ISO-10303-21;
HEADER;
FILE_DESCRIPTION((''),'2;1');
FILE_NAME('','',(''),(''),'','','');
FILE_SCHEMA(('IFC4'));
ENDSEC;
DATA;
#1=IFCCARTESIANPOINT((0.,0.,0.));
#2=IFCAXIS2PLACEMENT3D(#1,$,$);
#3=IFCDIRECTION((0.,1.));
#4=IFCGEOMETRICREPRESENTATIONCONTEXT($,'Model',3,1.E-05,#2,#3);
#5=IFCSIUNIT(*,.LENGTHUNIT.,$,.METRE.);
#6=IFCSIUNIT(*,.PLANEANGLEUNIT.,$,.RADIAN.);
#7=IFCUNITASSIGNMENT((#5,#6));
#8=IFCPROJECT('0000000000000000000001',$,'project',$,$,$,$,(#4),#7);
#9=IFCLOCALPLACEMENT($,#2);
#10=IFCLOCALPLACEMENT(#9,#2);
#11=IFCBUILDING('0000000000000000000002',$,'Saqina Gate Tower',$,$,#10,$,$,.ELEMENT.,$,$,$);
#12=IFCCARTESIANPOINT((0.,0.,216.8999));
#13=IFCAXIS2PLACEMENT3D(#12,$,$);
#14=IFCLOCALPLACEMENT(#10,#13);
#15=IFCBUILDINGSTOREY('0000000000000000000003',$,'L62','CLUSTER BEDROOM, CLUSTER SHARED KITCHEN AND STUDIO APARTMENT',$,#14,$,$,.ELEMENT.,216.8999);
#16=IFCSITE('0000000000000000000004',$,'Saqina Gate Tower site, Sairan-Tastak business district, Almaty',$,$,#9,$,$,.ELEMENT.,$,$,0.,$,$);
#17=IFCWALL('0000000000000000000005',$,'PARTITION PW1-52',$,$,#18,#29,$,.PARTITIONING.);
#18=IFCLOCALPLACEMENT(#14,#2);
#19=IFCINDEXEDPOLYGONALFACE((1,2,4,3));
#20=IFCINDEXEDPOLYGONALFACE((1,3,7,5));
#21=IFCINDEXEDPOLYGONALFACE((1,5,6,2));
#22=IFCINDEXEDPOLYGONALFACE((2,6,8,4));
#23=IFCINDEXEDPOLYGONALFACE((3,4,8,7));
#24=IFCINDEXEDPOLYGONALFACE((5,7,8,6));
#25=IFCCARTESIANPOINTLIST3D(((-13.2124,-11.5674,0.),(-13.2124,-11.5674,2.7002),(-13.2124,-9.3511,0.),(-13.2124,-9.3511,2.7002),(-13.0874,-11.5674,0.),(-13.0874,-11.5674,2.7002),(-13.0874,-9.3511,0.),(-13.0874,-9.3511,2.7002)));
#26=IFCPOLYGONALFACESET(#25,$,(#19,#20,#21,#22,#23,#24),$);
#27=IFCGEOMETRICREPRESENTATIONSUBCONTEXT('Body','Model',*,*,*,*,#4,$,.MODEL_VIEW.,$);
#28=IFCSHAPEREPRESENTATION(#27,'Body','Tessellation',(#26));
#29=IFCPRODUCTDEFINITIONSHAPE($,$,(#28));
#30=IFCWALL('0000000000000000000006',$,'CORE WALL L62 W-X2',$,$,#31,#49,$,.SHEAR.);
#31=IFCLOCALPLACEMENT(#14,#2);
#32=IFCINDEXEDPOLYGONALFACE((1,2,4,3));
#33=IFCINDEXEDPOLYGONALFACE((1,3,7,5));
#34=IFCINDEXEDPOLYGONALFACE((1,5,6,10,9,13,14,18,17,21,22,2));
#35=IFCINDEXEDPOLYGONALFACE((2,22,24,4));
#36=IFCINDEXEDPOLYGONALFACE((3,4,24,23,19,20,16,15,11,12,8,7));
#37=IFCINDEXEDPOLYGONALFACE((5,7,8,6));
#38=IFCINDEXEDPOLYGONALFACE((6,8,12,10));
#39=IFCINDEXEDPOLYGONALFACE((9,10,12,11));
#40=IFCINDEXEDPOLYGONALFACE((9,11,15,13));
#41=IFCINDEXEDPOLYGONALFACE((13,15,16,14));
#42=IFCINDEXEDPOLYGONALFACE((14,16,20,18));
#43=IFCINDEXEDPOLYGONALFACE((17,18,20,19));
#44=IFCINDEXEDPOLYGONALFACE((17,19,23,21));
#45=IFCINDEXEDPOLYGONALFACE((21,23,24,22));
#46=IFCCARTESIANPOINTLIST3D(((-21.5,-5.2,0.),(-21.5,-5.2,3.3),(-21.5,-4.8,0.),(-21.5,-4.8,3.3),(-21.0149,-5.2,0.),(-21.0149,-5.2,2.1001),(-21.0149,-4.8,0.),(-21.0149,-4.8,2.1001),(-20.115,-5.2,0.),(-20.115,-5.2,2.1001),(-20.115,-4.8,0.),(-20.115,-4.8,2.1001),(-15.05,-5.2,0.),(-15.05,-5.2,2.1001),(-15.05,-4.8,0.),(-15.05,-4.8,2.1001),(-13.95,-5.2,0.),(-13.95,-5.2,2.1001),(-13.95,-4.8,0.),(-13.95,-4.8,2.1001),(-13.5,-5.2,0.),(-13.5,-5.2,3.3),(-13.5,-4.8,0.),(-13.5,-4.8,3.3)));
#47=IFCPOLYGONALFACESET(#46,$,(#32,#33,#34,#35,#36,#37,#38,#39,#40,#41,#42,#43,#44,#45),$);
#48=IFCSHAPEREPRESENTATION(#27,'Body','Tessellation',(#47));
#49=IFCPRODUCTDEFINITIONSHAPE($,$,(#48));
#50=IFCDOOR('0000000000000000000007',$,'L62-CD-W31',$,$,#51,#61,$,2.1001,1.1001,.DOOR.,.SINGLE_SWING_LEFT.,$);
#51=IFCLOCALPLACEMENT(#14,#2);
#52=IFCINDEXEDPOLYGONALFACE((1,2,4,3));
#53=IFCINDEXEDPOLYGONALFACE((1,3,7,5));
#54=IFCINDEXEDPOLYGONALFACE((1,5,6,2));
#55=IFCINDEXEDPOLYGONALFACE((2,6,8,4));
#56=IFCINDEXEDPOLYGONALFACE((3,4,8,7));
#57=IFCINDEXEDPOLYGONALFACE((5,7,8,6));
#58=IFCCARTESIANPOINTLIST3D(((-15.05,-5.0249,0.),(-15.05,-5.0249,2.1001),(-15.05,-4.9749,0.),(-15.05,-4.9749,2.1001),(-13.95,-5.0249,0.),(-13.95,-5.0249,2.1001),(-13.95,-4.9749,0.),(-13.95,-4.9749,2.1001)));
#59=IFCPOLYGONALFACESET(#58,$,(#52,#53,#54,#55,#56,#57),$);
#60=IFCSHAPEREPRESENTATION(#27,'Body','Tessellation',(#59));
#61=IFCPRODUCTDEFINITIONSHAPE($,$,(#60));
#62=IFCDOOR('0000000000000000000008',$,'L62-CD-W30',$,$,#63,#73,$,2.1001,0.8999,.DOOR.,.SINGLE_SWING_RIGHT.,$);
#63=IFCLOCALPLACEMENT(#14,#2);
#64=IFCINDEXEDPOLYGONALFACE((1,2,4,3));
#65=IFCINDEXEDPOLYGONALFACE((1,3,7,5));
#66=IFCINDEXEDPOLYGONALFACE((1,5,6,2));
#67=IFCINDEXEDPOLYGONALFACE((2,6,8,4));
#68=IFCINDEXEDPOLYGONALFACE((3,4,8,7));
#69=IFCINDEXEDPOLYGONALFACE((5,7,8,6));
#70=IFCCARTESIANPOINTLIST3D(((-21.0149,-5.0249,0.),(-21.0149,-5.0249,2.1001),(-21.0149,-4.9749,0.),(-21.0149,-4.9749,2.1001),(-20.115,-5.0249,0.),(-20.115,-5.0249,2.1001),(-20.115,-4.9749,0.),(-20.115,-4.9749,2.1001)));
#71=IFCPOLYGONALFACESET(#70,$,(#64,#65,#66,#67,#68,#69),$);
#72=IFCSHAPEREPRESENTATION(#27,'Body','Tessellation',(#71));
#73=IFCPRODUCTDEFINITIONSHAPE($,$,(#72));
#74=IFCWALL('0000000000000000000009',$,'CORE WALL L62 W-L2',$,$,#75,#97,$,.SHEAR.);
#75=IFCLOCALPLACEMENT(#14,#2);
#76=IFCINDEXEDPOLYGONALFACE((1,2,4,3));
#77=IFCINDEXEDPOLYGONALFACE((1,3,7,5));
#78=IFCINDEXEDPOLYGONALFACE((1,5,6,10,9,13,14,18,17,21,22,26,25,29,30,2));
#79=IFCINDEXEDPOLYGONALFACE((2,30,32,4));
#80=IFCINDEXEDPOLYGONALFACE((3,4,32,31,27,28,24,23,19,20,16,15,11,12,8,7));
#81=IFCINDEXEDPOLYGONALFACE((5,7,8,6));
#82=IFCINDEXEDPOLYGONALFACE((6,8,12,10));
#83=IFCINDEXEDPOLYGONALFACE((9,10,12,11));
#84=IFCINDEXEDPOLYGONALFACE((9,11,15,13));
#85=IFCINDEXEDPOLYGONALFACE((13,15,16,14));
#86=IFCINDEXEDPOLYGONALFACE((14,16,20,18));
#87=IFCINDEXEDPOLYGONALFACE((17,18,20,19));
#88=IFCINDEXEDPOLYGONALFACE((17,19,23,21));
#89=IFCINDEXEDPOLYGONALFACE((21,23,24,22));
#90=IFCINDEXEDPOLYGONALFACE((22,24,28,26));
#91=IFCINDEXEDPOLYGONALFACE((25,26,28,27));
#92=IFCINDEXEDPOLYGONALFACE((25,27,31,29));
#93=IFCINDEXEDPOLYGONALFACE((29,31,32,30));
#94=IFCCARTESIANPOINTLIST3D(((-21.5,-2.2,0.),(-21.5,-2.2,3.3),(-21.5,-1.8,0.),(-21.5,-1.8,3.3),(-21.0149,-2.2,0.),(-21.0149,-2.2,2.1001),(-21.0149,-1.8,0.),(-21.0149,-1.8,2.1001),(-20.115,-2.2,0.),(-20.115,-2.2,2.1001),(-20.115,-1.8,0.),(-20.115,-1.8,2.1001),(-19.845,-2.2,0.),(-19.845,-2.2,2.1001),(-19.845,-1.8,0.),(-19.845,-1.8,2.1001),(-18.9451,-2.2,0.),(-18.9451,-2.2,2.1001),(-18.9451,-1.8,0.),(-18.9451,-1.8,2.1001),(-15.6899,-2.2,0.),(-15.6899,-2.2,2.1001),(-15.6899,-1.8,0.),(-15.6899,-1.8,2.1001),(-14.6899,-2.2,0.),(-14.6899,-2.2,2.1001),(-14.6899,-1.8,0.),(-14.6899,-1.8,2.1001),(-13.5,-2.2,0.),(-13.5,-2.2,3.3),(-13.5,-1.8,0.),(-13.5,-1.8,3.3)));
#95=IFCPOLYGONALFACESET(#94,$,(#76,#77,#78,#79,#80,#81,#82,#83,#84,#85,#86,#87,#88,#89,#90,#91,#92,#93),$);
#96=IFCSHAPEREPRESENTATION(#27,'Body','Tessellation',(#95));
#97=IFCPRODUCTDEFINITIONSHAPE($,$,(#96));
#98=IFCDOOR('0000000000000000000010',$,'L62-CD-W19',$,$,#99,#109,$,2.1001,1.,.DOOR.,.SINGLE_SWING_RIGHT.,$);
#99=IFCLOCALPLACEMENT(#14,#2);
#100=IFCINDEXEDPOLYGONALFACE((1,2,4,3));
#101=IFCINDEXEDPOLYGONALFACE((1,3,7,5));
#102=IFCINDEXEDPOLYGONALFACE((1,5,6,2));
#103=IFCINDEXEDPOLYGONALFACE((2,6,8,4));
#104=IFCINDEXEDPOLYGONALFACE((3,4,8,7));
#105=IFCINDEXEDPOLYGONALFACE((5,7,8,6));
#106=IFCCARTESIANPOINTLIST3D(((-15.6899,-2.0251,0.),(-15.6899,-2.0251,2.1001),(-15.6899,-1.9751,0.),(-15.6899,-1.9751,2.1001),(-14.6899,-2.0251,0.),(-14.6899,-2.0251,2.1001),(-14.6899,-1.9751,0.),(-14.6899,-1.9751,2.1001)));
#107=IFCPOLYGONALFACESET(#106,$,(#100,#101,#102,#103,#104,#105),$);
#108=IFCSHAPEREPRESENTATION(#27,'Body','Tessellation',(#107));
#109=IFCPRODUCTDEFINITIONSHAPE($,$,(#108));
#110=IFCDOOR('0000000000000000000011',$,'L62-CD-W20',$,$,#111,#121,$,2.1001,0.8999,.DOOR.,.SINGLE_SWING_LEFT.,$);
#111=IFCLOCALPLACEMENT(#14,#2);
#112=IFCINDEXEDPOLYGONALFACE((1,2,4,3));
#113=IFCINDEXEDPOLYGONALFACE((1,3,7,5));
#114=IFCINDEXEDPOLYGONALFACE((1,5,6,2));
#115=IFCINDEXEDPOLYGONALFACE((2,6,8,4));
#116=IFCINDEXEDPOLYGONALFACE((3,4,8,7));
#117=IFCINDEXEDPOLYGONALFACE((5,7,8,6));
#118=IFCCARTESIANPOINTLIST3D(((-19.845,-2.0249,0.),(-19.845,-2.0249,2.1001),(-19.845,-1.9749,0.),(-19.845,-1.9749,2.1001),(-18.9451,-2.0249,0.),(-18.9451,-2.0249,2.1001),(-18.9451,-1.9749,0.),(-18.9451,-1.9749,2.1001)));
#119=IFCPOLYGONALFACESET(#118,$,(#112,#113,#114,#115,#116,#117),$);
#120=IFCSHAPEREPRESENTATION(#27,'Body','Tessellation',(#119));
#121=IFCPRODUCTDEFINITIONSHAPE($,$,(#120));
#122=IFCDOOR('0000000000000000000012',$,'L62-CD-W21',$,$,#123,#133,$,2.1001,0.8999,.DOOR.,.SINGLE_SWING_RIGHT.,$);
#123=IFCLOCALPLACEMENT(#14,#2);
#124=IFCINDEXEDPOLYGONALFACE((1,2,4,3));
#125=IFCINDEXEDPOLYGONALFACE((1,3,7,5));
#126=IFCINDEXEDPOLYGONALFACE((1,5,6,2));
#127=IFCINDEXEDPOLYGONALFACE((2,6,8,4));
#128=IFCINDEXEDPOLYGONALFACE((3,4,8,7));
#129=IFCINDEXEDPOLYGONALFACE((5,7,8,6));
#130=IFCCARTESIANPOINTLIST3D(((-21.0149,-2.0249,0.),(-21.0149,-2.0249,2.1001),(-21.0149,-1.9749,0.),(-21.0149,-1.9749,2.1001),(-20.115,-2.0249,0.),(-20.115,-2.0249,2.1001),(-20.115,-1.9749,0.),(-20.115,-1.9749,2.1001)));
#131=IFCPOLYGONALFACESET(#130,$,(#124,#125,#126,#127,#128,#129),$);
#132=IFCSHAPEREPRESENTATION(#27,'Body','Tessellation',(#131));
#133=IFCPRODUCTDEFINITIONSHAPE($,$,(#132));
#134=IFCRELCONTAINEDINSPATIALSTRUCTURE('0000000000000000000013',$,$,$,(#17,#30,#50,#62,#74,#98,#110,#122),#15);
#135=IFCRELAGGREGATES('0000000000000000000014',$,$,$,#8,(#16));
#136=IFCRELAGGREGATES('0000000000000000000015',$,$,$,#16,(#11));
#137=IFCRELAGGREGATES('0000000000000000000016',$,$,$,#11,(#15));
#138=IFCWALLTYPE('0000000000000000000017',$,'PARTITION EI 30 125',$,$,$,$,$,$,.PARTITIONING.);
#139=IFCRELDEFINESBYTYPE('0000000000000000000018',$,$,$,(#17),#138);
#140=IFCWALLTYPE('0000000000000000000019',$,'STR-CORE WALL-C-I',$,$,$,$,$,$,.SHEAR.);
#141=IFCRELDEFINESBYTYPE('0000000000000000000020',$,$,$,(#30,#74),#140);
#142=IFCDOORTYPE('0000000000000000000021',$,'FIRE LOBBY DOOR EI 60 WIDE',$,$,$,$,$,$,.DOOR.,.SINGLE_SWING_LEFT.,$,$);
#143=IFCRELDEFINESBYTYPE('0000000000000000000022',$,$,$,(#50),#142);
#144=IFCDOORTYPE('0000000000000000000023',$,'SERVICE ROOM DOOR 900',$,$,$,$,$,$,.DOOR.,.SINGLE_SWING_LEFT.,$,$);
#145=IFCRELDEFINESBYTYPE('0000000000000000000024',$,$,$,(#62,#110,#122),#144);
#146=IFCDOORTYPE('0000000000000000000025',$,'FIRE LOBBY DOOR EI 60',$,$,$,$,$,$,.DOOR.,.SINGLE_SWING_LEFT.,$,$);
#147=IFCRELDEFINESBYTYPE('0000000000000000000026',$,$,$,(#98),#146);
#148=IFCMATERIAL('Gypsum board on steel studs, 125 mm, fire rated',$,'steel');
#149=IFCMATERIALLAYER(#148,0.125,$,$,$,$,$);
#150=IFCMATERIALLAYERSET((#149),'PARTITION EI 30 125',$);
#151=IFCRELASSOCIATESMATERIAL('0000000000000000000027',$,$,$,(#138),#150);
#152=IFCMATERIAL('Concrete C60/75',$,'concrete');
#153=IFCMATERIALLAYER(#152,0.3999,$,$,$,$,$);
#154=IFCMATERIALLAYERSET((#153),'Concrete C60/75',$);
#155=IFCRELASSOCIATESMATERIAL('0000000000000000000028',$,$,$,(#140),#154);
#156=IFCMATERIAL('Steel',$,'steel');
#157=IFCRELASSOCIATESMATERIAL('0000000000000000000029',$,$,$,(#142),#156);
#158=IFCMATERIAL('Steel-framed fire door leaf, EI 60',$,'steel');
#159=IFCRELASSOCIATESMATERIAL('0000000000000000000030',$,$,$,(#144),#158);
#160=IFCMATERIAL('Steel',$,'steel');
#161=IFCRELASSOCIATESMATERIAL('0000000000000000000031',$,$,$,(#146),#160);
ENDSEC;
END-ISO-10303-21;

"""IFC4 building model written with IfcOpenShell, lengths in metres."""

from ifc_helpers import new_model, si_unit, direction, frame, frame_2d, origin, place, context, subcontext, project, spatial, rectangle, extrude, material, layer, layer_set, type_object, element, fill, save


model = new_model("IFC4")

# Units and contexts
model_context = context("Model", 3, precision=1e-05, world=origin(), true_north=direction((0.0, 1.0)))
body_context = subcontext(model_context, "Body", "Model", "MODEL_VIEW")
ifc_project = project(units=[si_unit("LENGTHUNIT", "METRE"), si_unit("PLANEANGLEUNIT", "RADIAN")], contexts=[model_context])

# Site, building, storey
site_placement = place(None, origin())
site = spatial("IfcSite", under=ifc_project, at=site_placement, Name="Saqina Gate Tower site, Sairan-Tastak business district, Almaty", CompositionType="ELEMENT", RefElevation=0.0)
building_placement = place(site_placement, origin())
building = spatial("IfcBuilding", under=site, at=building_placement, Name="Saqina Gate Tower", CompositionType="ELEMENT")
storey_placement = place(building_placement, frame((0.0, 0.0, 216.8999)))
storey = spatial("IfcBuildingStorey", under=building, at=storey_placement, Name="L62", Description="CLUSTER BEDROOM, CLUSTER SHARED KITCHEN AND STUDIO APARTMENT", CompositionType="ELEMENT", Elevation=216.8999)

# Shared definitions
ifc_material_1 = material(Name="Gypsum board on steel studs, 125 mm, fire rated", Category="steel")
ifc_layer_1 = layer(ifc_material_1, 0.125)
ifc_layer_set_1 = layer_set([ifc_layer_1], Name="PARTITION EI 30 125")
wall_type_1 = type_object("IfcWallType", Name="PARTITION EI 30 125", PredefinedType="PARTITIONING", material=ifc_layer_set_1)

# Wall
wall_1_placement = place(storey_placement, frame((-13.1499, -11.5674, 0.0), z_axis=(0.0, 0.0, 1.0), x_axis=(0.0, 1.0, 0.0)))
element("IfcWall", 1, at=wall_1_placement, inside=storey, type_object=wall_type_1, Name="PARTITION PW1-52", PredefinedType="PARTITIONING", context=body_context, shape_type="SweptSolid", body=[
    extrude(rectangle(XDim=2.2163, YDim=0.125, at=frame_2d((1.1082, 0.0))), origin(), (0.0, 0.0, 1.0), 2.7002),
])

# Walls, openings, doors
ifc_material_2 = material(Name="Concrete C60/75", Category="concrete")
ifc_layer_2 = layer(ifc_material_2, 0.3999)
ifc_layer_set_2 = layer_set([ifc_layer_2], Name="Concrete C60/75")
wall_type_2 = type_object("IfcWallType", Name="STR-CORE WALL-C-I", PredefinedType="SHEAR", material=ifc_layer_set_2)
wall_2_placement = place(storey_placement, frame((-13.5, -5.0, 0.0), z_axis=(0.0, 0.0, 1.0), x_axis=(-1.0, 0.0, 0.0)))
wall_2 = element("IfcWall", 2, at=wall_2_placement, inside=storey, type_object=wall_type_2, Name="CORE WALL L62 W-X2", PredefinedType="SHEAR", context=body_context, shape_type="SweptSolid", body=[
    extrude(rectangle(XDim=8.0, YDim=0.3999, at=frame_2d((4.0, 0.0))), origin(), (0.0, 0.0, 1.0), 3.3),
])
opening_1_placement = place(wall_2_placement, frame((6.615, 0.0, 0.0)))
opening_1 = element("IfcOpeningElement", 3, at=opening_1_placement, cuts=wall_2, PredefinedType="OPENING", context=body_context, shape_type="SweptSolid", body=[
    extrude(rectangle(XDim=0.8999, YDim=2.1001, at=frame_2d((0.45, 1.05))), frame((0.0, 0.2119, 0.0), z_axis=(0.0, -1.0, 0.0), x_axis=(1.0, 0.0, 0.0)), (0.0, 0.0, 1.0), 0.4238),
])
opening_2_placement = place(wall_2_placement, frame((0.45, 0.0, 0.0)))
opening_2 = element("IfcOpeningElement", 4, at=opening_2_placement, cuts=wall_2, PredefinedType="OPENING", context=body_context, shape_type="SweptSolid", body=[
    extrude(rectangle(XDim=1.1001, YDim=2.1001, at=frame_2d((0.55, 1.05))), frame((0.0, 0.2119, 0.0), z_axis=(0.0, -1.0, 0.0), x_axis=(1.0, 0.0, 0.0)), (0.0, 0.0, 1.0), 0.4238),
])
ifc_material_3 = material(Name="Steel", Category="steel")
door_type_1 = type_object("IfcDoorType", Name="FIRE LOBBY DOOR EI 60 WIDE", OperationType="SINGLE_SWING_LEFT", PredefinedType="DOOR", material=ifc_material_3)
door_1_placement = place(opening_2_placement, origin())
door_1 = element("IfcDoor", 5, at=door_1_placement, inside=storey, type_object=door_type_1, Name="L62-CD-W31", OperationType="SINGLE_SWING_LEFT", OverallHeight=2.1001, OverallWidth=1.1001, PredefinedType="DOOR", context=body_context, shape_type="SweptSolid", body=[
    extrude(rectangle(XDim=1.1001, YDim=2.1001, at=frame_2d((0.55, 1.05))), frame((0.0, 0.0249, 0.0), z_axis=(0.0, -1.0, 0.0), x_axis=(1.0, 0.0, 0.0)), (0.0, 0.0, 1.0), 0.05),
])
fill(opening_2, door_1)
ifc_material_4 = material(Name="Steel-framed fire door leaf, EI 60", Category="steel")
door_type_2 = type_object("IfcDoorType", Name="SERVICE ROOM DOOR 900", OperationType="SINGLE_SWING_LEFT", PredefinedType="DOOR", material=ifc_material_4)
door_2_placement = place(opening_1_placement, origin())
door_2 = element("IfcDoor", 6, at=door_2_placement, inside=storey, type_object=door_type_2, Name="L62-CD-W30", OperationType="SINGLE_SWING_RIGHT", OverallHeight=2.1001, OverallWidth=0.8999, PredefinedType="DOOR", context=body_context, shape_type="SweptSolid", body=[
    extrude(rectangle(XDim=0.8999, YDim=2.1001, at=frame_2d((0.45, 1.05))), frame((0.0, 0.0249, 0.0), z_axis=(0.0, -1.0, 0.0), x_axis=(1.0, 0.0, 0.0)), (0.0, 0.0, 1.0), 0.05),
])
fill(opening_1, door_2)
wall_3_placement = place(storey_placement, frame((-13.5, -2.0, 0.0), z_axis=(0.0, 0.0, 1.0), x_axis=(-1.0, 0.0, 0.0)))
wall_3 = element("IfcWall", 7, at=wall_3_placement, inside=storey, type_object=wall_type_2, Name="CORE WALL L62 W-L2", PredefinedType="SHEAR", context=body_context, shape_type="SweptSolid", body=[
    extrude(rectangle(XDim=8.0, YDim=0.3999, at=frame_2d((4.0, 0.0))), origin(), (0.0, 0.0, 1.0), 3.3),
])
opening_3_placement = place(wall_3_placement, frame((1.1899, 0.0, 0.0)))
opening_3 = element("IfcOpeningElement", 8, at=opening_3_placement, cuts=wall_3, PredefinedType="OPENING", context=body_context, shape_type="SweptSolid", body=[
    extrude(rectangle(XDim=1.0, YDim=2.1001, at=frame_2d((0.5, 1.05))), frame((0.0, 0.2119, 0.0), z_axis=(0.0, -1.0, 0.0), x_axis=(1.0, 0.0, 0.0)), (0.0, 0.0, 1.0), 0.4238),
])
opening_4_placement = place(wall_3_placement, frame((5.4451, 0.0, 0.0)))
opening_4 = element("IfcOpeningElement", 9, at=opening_4_placement, cuts=wall_3, PredefinedType="OPENING", context=body_context, shape_type="SweptSolid", body=[
    extrude(rectangle(XDim=0.8999, YDim=2.1001, at=frame_2d((0.45, 1.05))), frame((0.0, 0.2119, 0.0), z_axis=(0.0, -1.0, 0.0), x_axis=(1.0, 0.0, 0.0)), (0.0, 0.0, 1.0), 0.4238),
])
opening_5_placement = place(wall_3_placement, frame((6.615, 0.0, 0.0)))
opening_5 = element("IfcOpeningElement", 10, at=opening_5_placement, cuts=wall_3, PredefinedType="OPENING", context=body_context, shape_type="SweptSolid", body=[
    extrude(rectangle(XDim=0.8999, YDim=2.1001, at=frame_2d((0.45, 1.05))), frame((0.0, 0.2119, 0.0), z_axis=(0.0, -1.0, 0.0), x_axis=(1.0, 0.0, 0.0)), (0.0, 0.0, 1.0), 0.4238),
])
ifc_material_5 = material(Name="Steel", Category="steel")
door_type_3 = type_object("IfcDoorType", Name="FIRE LOBBY DOOR EI 60", OperationType="SINGLE_SWING_LEFT", PredefinedType="DOOR", material=ifc_material_5)
door_3_placement = place(opening_3_placement, frame((1.0, 0.0, 0.0), z_axis=(0.0, 0.0, 1.0), x_axis=(-1.0, 0.0, 0.0)))
door_3 = element("IfcDoor", 11, at=door_3_placement, inside=storey, type_object=door_type_3, Name="L62-CD-W19", OperationType="SINGLE_SWING_RIGHT", OverallHeight=2.1001, OverallWidth=1.0, PredefinedType="DOOR", context=body_context, shape_type="SweptSolid", body=[
    extrude(rectangle(XDim=1.0, YDim=2.1001, at=frame_2d((0.5, 1.05))), frame((0.0, 0.0249, 0.0), z_axis=(0.0, -1.0, 0.0), x_axis=(1.0, 0.0, 0.0)), (0.0, 0.0, 1.0), 0.05),
])
fill(opening_3, door_3)
door_4_placement = place(opening_4_placement, origin())
door_4 = element("IfcDoor", 12, at=door_4_placement, inside=storey, type_object=door_type_2, Name="L62-CD-W20", OperationType="SINGLE_SWING_LEFT", OverallHeight=2.1001, OverallWidth=0.8999, PredefinedType="DOOR", context=body_context, shape_type="SweptSolid", body=[
    extrude(rectangle(XDim=0.8999, YDim=2.1001, at=frame_2d((0.45, 1.05))), frame((0.0, 0.0249, 0.0), z_axis=(0.0, -1.0, 0.0), x_axis=(1.0, 0.0, 0.0)), (0.0, 0.0, 1.0), 0.05),
])
fill(opening_4, door_4)
door_5_placement = place(opening_5_placement, origin())
door_5 = element("IfcDoor", 13, at=door_5_placement, inside=storey, type_object=door_type_2, Name="L62-CD-W21", OperationType="SINGLE_SWING_RIGHT", OverallHeight=2.1001, OverallWidth=0.8999, PredefinedType="DOOR", context=body_context, shape_type="SweptSolid", body=[
    extrude(rectangle(XDim=0.8999, YDim=2.1001, at=frame_2d((0.45, 1.05))), frame((0.0, 0.0249, 0.0), z_axis=(0.0, -1.0, 0.0), x_axis=(1.0, 0.0, 0.0)), (0.0, 0.0, 1.0), 0.05),
])
fill(opening_5, door_5)

save(model, "model.ifc")
